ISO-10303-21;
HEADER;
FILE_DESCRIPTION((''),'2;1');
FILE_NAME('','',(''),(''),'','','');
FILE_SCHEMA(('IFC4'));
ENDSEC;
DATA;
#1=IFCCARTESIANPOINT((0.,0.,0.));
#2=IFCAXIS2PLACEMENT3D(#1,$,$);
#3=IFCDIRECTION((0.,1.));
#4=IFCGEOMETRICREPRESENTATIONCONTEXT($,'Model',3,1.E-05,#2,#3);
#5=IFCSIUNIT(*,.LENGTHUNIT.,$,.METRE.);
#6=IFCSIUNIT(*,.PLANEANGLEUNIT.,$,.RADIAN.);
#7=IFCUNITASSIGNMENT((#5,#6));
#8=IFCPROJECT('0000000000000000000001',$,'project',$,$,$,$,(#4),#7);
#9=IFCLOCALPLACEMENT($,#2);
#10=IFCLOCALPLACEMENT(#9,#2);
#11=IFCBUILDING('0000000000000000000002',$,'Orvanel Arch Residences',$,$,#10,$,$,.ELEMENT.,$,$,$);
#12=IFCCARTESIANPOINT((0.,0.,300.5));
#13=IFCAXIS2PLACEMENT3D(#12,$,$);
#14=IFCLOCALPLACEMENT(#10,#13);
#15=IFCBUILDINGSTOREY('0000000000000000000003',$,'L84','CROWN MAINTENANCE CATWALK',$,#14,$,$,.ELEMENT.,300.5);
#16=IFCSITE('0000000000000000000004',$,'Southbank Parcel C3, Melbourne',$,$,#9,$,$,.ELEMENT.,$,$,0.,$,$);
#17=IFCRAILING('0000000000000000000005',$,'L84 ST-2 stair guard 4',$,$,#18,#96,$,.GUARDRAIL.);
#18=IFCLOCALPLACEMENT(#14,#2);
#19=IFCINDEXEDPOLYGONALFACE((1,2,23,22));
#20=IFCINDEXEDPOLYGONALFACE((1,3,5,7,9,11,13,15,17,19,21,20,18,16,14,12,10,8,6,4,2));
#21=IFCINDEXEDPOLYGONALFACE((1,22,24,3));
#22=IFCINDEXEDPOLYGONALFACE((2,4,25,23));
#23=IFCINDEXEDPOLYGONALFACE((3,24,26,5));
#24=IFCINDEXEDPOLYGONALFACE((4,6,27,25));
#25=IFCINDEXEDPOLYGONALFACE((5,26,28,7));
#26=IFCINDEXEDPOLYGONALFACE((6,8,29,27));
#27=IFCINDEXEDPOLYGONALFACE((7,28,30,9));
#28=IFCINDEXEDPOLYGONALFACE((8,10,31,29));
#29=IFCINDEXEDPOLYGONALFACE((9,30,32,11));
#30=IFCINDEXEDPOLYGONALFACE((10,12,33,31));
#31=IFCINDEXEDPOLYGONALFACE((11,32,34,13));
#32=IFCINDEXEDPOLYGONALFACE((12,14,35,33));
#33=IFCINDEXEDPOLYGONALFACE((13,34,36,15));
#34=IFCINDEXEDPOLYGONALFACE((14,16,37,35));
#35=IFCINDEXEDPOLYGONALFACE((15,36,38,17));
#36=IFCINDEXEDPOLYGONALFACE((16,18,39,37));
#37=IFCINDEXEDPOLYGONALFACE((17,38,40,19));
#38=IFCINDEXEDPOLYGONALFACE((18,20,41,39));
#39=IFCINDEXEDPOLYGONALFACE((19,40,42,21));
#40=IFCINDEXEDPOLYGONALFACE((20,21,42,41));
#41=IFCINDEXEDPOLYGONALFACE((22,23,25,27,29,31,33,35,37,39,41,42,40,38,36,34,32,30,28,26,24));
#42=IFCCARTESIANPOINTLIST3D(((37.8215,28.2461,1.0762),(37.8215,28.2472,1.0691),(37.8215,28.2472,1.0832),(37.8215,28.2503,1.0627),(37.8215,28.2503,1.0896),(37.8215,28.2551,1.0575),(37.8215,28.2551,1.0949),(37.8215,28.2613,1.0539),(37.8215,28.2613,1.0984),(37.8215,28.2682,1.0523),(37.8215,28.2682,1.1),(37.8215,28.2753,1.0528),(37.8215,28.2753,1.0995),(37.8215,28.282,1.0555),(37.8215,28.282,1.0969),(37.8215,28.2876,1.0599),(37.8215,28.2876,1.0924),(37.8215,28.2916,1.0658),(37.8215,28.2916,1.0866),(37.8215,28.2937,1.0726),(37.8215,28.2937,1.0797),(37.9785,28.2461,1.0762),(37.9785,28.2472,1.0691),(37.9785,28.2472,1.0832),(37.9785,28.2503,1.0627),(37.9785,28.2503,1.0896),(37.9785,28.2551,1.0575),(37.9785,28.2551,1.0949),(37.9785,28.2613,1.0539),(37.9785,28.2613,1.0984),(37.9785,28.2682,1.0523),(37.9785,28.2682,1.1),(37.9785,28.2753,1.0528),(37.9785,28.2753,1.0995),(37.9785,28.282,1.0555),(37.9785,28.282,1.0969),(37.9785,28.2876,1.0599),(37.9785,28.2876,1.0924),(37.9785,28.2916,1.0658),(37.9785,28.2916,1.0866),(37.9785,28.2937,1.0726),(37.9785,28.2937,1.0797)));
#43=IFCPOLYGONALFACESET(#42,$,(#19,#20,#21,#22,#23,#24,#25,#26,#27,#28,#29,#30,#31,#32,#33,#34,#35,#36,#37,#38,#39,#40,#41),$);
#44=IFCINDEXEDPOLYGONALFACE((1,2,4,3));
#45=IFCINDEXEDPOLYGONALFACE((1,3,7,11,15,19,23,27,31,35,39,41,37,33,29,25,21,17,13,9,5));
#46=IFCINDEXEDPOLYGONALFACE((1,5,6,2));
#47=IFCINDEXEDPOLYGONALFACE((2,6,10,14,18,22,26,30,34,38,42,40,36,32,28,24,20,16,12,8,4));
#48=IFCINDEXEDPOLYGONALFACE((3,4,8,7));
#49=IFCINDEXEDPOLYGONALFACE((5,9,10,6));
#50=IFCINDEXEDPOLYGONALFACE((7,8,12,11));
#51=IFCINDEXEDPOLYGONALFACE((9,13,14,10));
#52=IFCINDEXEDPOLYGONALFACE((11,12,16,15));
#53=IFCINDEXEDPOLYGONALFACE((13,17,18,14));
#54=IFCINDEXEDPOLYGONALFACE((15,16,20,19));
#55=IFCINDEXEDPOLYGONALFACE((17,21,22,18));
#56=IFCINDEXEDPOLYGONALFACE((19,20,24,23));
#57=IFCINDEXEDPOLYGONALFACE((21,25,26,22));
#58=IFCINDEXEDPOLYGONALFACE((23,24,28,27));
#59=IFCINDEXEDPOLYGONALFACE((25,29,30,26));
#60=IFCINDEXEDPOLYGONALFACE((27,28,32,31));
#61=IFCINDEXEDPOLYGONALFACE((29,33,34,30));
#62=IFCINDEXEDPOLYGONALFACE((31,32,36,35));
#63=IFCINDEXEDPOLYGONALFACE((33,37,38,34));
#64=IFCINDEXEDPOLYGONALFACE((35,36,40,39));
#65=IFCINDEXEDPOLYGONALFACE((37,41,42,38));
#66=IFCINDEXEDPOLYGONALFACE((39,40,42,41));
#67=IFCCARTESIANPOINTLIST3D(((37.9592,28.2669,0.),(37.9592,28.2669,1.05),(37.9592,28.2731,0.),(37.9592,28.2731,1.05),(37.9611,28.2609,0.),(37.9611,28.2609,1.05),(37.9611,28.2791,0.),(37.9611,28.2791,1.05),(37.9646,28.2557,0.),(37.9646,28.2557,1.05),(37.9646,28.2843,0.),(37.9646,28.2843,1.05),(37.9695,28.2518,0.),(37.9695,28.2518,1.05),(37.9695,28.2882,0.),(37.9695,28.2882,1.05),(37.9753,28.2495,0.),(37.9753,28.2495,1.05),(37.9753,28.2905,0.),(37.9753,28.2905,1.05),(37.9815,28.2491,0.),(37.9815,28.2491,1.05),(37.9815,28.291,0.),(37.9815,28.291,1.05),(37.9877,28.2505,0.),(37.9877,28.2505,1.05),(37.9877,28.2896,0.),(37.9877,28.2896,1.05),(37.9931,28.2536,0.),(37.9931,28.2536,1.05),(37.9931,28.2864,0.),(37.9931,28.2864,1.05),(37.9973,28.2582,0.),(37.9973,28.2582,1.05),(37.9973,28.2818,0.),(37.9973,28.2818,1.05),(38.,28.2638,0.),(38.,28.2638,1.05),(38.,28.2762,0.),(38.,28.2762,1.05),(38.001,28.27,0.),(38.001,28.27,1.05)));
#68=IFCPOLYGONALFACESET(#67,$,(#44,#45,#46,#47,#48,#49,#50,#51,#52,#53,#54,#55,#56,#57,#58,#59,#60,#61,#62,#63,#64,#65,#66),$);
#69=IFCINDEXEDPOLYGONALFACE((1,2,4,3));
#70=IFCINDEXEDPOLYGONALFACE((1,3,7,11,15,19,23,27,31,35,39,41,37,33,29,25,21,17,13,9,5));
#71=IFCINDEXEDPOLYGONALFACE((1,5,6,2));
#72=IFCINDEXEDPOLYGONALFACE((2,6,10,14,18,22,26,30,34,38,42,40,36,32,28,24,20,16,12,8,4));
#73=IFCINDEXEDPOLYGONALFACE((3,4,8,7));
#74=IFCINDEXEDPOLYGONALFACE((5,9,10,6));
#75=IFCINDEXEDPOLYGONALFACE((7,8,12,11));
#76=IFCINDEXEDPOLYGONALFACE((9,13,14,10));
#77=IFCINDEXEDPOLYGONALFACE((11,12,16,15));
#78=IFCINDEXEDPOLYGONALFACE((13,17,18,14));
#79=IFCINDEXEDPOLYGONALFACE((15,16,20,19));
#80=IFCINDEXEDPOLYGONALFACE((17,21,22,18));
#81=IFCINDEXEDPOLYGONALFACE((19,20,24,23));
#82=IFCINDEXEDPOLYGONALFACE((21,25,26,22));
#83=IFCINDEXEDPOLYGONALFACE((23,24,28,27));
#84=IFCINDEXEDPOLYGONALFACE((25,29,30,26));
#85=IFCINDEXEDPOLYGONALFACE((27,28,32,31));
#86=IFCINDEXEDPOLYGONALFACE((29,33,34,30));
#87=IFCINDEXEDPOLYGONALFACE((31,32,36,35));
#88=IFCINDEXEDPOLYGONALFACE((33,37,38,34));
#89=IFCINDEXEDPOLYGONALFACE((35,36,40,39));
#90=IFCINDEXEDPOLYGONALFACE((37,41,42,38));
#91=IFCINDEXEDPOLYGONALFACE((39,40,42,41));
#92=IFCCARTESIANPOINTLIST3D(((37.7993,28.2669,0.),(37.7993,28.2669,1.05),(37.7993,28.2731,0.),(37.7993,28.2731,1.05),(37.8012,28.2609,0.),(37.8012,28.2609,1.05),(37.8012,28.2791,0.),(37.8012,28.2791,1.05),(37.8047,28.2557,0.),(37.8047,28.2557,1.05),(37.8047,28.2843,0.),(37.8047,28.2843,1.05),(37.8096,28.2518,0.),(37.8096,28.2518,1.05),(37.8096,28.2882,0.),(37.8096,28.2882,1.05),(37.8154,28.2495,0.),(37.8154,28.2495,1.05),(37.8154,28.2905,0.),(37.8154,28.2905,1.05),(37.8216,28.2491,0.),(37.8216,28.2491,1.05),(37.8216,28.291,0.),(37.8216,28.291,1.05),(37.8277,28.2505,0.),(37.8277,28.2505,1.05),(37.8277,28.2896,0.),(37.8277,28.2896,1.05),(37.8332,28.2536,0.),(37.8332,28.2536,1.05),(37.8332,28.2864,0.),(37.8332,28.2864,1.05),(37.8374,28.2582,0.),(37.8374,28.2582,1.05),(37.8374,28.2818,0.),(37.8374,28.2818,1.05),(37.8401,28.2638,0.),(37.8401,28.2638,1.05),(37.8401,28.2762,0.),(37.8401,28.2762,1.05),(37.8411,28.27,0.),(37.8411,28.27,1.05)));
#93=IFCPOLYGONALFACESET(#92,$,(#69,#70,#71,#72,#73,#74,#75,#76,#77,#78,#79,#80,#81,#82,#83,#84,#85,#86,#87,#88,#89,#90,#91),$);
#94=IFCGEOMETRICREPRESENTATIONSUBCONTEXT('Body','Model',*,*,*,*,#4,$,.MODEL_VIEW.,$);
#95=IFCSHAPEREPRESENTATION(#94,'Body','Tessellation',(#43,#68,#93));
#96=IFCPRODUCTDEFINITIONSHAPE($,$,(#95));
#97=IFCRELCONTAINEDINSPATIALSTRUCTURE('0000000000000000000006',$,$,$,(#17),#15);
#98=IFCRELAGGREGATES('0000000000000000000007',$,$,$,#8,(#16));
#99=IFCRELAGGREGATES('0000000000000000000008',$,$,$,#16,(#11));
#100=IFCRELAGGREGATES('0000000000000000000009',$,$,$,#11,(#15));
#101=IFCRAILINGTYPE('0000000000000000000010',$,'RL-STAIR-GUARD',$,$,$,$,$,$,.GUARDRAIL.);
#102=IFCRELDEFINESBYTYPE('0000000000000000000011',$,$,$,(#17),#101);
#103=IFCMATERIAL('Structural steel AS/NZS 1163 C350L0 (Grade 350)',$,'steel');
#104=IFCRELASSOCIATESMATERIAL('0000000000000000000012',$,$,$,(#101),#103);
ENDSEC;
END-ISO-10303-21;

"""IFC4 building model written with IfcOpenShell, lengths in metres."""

from ifc_helpers import new_model, si_unit, direction, frame, origin, origin_2d, place, context, subcontext, project, spatial, circle, extrude, material, type_object, element, save


model = new_model("IFC4")

# Units and contexts
model_context = context("Model", 3, precision=1e-05, world=origin(), true_north=direction((0.0, 1.0)))
body_context = subcontext(model_context, "Body", "Model", "MODEL_VIEW")
ifc_project = project(units=[si_unit("LENGTHUNIT", "METRE"), si_unit("PLANEANGLEUNIT", "RADIAN")], contexts=[model_context])

# Site, building, storey
site_placement = place(None, origin())
site = spatial("IfcSite", under=ifc_project, at=site_placement, Name="Southbank Parcel C3, Melbourne", CompositionType="ELEMENT", RefElevation=0.0)
building_placement = place(site_placement, origin())
building = spatial("IfcBuilding", under=site, at=building_placement, Name="Orvanel Arch Residences", CompositionType="ELEMENT")
storey_placement = place(building_placement, frame((0.0, 0.0, 300.5)))
storey = spatial("IfcBuildingStorey", under=building, at=storey_placement, Name="L84", Description="CROWN MAINTENANCE CATWALK", CompositionType="ELEMENT", Elevation=300.5)

# Shared definitions
ifc_material_1 = material(Name="Structural steel AS/NZS 1163 C350L0 (Grade 350)", Category="steel")

# Railing
railing_type_1 = type_object("IfcRailingType", Name="RL-STAIR-GUARD", PredefinedType="GUARDRAIL", material=ifc_material_1)
railing_1_placement = place(storey_placement, frame((37.98, 28.27, 0.0)))
element("IfcRailing", 1, at=railing_1_placement, inside=storey, type_object=railing_type_1, Name="L84 ST-2 stair guard 4", PredefinedType="GUARDRAIL", context=body_context, shape_type="SweptSolid", body=[
    extrude(circle(Radius=0.0239, at=origin_2d()), frame((-0.0015, 0.0, 1.0762), z_axis=(-1.0, 0.0, 0.0), x_axis=(0.0, -1.0, 0.0)), (0.0, 0.0, 1.0), 0.157),
    extrude(circle(Radius=0.021, at=origin_2d()), origin(), (0.0, 0.0, 1.0), 1.05),
    extrude(circle(Radius=0.021, at=origin_2d()), frame((-0.1599, 0.0, 0.0)), (0.0, 0.0, 1.0), 1.05),
])

save(model, "model.ifc")
